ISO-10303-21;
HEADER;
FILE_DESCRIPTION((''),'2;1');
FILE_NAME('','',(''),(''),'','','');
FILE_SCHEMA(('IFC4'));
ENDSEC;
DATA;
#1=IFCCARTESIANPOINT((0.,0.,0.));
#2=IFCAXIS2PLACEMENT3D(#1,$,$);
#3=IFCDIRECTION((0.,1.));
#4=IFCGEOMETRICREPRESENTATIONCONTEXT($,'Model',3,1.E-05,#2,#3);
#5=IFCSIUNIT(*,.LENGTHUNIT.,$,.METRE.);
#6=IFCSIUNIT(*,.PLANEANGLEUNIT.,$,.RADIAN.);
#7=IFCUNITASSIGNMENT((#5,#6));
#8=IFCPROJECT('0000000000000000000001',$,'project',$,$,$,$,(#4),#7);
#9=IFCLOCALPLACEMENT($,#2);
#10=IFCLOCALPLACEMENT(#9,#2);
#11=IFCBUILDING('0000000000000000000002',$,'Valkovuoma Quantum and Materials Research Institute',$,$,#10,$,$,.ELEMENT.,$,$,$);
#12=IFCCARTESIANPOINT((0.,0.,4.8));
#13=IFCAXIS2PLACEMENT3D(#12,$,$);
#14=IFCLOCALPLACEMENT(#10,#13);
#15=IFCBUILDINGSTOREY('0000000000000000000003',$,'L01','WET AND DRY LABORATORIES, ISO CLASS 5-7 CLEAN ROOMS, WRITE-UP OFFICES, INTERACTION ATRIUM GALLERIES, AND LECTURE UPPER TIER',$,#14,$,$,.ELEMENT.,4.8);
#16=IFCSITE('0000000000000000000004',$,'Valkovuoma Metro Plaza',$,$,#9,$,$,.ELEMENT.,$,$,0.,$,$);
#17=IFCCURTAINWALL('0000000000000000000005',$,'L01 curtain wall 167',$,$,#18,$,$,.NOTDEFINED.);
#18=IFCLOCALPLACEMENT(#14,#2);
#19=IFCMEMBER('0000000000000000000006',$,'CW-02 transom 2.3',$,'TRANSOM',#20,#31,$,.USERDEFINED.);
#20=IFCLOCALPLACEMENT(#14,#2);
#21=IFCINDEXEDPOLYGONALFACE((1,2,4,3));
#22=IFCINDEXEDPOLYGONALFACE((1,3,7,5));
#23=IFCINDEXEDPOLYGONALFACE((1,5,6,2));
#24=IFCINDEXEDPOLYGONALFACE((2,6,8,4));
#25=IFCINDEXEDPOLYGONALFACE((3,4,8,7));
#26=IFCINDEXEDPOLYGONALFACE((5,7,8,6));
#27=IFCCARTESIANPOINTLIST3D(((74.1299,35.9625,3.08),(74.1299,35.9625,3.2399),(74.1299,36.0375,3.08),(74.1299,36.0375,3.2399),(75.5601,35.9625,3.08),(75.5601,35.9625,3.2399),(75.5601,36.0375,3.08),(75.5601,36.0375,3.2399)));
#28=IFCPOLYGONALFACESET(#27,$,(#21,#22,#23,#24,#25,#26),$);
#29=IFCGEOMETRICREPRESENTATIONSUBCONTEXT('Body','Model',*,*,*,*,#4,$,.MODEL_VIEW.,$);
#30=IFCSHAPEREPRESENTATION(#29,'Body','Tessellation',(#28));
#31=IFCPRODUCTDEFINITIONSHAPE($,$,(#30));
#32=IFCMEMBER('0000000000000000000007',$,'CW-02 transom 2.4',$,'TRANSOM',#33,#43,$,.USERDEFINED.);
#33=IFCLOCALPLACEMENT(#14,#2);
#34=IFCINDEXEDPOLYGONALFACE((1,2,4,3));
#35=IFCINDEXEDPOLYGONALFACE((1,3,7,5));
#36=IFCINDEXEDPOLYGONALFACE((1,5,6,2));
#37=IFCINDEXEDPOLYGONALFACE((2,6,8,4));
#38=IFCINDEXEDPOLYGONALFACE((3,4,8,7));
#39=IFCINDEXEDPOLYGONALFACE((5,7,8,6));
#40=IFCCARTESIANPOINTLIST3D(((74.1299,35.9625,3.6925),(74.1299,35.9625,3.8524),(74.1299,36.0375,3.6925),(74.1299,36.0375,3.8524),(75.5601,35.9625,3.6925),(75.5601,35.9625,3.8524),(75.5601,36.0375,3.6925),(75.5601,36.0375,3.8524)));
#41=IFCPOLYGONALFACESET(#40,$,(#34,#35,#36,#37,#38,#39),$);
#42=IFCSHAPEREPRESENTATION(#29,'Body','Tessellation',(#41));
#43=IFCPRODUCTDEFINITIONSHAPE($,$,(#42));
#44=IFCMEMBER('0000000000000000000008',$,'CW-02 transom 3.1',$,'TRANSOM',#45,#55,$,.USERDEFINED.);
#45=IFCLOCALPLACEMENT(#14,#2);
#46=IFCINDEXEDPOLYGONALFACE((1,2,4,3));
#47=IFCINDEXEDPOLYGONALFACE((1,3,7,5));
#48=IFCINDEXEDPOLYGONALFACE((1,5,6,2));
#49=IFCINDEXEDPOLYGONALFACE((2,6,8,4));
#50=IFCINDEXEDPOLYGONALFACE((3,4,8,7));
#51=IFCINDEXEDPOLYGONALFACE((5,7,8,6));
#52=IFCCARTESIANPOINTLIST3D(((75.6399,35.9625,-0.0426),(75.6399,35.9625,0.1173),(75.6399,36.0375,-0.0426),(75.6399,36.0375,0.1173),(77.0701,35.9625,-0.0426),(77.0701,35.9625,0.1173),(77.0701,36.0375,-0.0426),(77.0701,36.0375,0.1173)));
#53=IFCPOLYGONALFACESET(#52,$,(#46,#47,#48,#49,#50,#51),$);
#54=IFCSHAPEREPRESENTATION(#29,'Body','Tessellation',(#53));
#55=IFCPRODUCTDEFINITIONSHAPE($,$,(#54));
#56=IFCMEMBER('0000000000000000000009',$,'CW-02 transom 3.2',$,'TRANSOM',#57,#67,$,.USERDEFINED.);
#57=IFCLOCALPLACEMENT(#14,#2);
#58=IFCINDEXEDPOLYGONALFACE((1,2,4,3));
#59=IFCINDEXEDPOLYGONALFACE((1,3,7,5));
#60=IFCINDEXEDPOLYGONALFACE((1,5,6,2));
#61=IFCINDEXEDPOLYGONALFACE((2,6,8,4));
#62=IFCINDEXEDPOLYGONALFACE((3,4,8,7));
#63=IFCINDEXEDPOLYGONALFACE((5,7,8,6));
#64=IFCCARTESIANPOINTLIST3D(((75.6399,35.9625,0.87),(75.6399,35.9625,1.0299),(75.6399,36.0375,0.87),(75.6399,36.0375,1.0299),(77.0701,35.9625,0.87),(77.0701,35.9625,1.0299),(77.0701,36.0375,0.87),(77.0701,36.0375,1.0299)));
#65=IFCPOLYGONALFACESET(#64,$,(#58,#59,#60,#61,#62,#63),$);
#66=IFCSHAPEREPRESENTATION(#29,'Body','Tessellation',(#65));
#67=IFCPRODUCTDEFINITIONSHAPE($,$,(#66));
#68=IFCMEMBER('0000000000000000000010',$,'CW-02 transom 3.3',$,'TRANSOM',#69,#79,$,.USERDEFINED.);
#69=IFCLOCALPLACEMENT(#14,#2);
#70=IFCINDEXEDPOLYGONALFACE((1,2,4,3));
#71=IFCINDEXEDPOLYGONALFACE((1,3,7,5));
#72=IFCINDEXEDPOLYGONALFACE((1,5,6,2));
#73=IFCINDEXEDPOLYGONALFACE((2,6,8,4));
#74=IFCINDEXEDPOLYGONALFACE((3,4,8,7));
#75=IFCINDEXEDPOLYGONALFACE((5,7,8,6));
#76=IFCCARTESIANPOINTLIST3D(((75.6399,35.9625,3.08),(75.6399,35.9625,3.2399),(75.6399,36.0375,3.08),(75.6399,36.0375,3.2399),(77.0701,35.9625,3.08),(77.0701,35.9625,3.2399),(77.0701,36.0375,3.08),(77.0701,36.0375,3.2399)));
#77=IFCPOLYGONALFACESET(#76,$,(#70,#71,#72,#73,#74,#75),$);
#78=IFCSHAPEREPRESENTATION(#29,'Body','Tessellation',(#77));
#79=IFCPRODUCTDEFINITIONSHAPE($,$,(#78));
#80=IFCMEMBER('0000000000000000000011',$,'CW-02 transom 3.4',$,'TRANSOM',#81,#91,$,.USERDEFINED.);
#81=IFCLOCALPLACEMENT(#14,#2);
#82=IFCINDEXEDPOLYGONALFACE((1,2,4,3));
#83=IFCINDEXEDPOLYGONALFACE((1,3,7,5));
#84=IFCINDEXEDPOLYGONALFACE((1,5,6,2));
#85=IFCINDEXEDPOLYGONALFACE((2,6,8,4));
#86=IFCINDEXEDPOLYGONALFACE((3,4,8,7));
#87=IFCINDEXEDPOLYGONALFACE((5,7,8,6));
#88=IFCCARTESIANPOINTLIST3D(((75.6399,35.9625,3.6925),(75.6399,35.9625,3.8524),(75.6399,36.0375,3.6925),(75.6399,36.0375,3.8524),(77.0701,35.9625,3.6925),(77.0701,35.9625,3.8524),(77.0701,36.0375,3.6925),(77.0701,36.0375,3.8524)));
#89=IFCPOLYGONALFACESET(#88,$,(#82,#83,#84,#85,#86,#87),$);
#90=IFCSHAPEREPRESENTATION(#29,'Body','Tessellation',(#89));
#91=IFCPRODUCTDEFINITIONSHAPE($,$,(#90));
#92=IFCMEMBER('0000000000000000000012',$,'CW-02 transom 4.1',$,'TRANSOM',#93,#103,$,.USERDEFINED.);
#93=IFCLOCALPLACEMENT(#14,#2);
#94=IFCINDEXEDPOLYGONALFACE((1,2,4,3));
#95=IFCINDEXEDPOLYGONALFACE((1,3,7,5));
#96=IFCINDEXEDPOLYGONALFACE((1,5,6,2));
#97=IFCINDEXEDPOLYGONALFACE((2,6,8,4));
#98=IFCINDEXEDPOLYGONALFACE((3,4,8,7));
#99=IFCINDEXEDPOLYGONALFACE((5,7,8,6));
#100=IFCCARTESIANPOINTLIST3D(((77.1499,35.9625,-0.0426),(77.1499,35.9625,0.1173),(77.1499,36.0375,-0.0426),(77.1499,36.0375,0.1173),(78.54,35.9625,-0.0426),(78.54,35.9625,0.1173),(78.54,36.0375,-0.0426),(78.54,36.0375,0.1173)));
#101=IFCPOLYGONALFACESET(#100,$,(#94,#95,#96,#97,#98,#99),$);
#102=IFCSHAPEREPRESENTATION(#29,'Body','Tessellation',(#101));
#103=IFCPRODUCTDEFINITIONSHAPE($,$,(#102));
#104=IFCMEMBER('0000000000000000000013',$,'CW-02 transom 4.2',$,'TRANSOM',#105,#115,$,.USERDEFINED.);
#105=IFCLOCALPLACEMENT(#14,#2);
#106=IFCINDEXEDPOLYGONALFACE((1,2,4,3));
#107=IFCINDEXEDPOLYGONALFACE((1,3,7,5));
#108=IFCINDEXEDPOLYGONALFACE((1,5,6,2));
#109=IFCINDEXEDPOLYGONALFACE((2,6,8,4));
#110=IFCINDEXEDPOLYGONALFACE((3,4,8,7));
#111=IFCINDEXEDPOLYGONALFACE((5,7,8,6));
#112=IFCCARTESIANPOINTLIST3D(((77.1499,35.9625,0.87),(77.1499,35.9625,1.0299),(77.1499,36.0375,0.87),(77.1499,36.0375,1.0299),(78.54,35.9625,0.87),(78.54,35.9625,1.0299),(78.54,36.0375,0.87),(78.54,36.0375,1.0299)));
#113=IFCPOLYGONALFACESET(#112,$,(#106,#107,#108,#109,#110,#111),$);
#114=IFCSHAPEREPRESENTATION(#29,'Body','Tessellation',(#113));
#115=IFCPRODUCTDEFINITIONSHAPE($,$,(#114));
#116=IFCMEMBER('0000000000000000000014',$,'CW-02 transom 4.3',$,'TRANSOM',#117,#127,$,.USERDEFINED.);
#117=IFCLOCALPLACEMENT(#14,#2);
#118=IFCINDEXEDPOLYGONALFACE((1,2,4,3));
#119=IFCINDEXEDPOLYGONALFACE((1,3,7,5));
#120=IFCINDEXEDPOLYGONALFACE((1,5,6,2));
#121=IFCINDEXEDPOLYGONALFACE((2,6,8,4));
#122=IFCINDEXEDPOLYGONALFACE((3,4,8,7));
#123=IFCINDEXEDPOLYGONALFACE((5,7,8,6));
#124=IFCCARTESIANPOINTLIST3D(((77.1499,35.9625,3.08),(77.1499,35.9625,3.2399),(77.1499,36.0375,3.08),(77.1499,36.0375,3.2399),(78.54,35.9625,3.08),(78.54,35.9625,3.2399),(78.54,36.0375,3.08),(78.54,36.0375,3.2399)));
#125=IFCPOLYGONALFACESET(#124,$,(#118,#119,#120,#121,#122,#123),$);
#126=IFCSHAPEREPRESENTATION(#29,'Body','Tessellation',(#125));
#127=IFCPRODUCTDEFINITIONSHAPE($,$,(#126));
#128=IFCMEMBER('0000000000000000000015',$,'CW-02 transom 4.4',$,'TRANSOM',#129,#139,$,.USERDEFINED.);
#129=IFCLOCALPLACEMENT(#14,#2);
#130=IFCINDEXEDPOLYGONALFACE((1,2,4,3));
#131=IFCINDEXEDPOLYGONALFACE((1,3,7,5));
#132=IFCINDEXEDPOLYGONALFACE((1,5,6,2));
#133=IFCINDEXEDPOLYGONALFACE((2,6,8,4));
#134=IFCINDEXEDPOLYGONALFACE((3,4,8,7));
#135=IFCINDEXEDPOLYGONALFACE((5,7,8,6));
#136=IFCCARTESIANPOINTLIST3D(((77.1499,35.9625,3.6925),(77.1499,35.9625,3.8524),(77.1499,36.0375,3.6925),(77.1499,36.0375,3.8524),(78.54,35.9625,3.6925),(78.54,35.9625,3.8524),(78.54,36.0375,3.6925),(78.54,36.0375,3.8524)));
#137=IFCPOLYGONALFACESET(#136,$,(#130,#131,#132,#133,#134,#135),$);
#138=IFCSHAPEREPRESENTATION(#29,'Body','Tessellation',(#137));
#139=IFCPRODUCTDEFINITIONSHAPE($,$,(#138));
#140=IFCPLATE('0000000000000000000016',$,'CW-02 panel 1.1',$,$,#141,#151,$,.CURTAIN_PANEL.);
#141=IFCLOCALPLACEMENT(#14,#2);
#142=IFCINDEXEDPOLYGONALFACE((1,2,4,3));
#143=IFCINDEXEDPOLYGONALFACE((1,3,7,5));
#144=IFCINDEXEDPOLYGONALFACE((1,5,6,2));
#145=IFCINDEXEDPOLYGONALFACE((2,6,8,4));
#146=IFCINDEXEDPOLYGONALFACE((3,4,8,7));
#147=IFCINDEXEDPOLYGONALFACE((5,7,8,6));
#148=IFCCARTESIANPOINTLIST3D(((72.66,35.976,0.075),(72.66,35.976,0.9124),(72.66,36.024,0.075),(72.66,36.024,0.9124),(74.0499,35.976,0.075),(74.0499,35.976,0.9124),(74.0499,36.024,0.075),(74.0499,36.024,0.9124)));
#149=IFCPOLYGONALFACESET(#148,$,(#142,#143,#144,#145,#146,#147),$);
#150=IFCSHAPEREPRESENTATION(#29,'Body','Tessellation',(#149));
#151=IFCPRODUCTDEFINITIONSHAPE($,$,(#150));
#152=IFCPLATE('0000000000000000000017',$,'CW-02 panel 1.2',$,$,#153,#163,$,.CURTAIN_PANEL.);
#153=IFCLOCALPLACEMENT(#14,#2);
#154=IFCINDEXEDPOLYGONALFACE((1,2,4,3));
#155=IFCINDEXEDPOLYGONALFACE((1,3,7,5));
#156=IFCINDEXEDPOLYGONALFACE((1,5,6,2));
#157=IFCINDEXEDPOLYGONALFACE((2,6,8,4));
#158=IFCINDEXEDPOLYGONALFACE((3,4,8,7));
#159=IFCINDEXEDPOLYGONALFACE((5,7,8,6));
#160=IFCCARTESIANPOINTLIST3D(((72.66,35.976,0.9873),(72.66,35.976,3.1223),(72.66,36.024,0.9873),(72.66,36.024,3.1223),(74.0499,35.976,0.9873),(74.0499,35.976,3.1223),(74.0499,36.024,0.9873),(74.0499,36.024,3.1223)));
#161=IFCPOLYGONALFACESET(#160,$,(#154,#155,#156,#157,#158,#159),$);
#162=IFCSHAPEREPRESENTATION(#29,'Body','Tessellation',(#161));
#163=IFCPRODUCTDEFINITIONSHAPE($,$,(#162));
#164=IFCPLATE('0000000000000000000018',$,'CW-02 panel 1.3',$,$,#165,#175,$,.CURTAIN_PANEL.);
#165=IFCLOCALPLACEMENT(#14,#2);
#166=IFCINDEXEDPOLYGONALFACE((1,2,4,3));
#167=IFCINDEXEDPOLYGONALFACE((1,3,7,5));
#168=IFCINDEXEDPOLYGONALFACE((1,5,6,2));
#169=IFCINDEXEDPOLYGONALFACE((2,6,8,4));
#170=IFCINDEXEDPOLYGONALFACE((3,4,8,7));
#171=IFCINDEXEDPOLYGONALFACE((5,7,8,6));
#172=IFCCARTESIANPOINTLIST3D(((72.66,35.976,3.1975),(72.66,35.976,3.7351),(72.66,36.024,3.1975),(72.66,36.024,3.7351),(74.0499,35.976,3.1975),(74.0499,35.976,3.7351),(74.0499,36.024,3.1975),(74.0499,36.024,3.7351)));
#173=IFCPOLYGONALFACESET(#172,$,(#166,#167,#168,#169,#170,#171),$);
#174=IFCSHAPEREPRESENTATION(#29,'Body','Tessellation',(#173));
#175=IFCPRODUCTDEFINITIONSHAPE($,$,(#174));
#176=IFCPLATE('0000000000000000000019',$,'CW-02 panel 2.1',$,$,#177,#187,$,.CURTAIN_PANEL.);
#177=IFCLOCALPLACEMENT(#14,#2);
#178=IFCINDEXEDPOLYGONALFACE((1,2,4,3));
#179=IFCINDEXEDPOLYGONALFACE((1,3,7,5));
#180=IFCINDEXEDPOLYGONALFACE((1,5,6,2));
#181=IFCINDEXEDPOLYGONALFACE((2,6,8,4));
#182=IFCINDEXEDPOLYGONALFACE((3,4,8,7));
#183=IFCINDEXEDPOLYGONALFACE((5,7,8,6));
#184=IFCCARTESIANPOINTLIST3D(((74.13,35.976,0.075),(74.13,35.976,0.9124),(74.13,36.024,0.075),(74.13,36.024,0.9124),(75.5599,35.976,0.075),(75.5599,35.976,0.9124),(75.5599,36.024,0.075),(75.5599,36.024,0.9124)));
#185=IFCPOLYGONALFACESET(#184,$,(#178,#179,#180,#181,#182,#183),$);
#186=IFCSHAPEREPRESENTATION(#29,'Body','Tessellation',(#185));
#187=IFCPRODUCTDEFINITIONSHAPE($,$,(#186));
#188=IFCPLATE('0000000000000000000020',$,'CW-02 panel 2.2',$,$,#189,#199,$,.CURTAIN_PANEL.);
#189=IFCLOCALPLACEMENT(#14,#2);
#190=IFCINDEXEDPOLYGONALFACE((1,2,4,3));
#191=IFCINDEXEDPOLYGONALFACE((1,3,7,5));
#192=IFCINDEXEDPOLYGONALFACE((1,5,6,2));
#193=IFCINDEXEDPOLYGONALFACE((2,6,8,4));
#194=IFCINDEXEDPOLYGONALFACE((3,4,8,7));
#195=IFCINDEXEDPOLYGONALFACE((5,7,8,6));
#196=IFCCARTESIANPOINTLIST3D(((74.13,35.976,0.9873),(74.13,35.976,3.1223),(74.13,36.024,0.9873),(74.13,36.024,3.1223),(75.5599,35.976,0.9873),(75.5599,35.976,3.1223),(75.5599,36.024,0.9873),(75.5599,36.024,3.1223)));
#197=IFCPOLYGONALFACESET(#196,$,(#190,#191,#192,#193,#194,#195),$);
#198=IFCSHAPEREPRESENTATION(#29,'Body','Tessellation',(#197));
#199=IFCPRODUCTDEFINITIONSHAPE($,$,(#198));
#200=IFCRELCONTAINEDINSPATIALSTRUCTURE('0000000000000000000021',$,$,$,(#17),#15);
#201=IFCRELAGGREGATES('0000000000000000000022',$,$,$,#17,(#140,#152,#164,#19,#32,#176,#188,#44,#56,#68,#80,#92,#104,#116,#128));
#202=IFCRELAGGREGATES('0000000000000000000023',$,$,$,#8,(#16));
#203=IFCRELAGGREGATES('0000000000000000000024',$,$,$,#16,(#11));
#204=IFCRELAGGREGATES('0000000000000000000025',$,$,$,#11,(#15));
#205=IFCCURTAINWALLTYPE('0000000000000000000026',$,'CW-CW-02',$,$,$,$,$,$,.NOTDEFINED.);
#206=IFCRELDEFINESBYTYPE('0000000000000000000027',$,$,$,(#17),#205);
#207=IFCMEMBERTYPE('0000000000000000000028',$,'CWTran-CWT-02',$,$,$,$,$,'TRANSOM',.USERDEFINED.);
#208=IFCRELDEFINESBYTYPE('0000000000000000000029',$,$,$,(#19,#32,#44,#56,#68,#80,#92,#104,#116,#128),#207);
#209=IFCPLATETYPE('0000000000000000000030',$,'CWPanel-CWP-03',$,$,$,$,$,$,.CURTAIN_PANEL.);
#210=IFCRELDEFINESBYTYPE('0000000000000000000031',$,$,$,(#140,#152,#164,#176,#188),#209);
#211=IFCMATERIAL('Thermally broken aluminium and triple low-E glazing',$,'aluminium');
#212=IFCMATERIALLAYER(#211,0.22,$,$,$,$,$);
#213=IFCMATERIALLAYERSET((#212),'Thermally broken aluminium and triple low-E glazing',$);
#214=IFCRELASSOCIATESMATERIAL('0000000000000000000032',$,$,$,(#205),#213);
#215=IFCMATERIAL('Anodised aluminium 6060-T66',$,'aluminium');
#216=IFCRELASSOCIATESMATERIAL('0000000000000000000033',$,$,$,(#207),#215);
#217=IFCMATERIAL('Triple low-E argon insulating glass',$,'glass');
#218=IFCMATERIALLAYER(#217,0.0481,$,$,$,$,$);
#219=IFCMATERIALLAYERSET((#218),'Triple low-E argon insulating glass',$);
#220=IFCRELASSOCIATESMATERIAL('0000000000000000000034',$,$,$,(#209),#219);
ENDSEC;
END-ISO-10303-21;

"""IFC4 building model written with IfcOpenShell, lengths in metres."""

from ifc_helpers import new_model, si_unit, direction, frame, origin, origin_2d, place, context, subcontext, project, spatial, rectangle, extrude, material, layer, layer_set, material_profile, profile_set, type_object, element, aggregate, save


model = new_model("IFC4")

# Units and contexts
model_context = context("Model", 3, precision=1e-05, world=origin(), true_north=direction((0.0, 1.0)))
body_context = subcontext(model_context, "Body", "Model", "MODEL_VIEW")
ifc_project = project(units=[si_unit("LENGTHUNIT", "METRE"), si_unit("PLANEANGLEUNIT", "RADIAN")], contexts=[model_context])

# Site, building, storey
site_placement = place(None, origin())
site = spatial("IfcSite", under=ifc_project, at=site_placement, Name="Valkovuoma Metro Plaza", CompositionType="ELEMENT", RefElevation=0.0)
building_placement = place(site_placement, origin())
building = spatial("IfcBuilding", under=site, at=building_placement, Name="Valkovuoma Quantum and Materials Research Institute", CompositionType="ELEMENT")
storey_placement = place(building_placement, frame((0.0, 0.0, 4.8)))
storey = spatial("IfcBuildingStorey", under=building, at=storey_placement, Name="L01", Description="WET AND DRY LABORATORIES, ISO CLASS 5-7 CLEAN ROOMS, WRITE-UP OFFICES, INTERACTION ATRIUM GALLERIES, AND LECTURE UPPER TIER", CompositionType="ELEMENT", Elevation=4.8)

# Curtain wall, members, plates
ifc_material_1 = material(Name="Thermally broken aluminium and triple low-E glazing", Category="aluminium")
ifc_layer_1 = layer(ifc_material_1, 0.22)
ifc_layer_set_1 = layer_set([ifc_layer_1], Name="Thermally broken aluminium and triple low-E glazing")
curtain_wall_type = type_object("IfcCurtainWallType", Name="CW-CW-02", PredefinedType="NOTDEFINED", material=ifc_layer_set_1)
curtain_wall_placement = place(storey_placement, origin())
curtain_wall = element("IfcCurtainWall", 1, at=curtain_wall_placement, inside=storey, type_object=curtain_wall_type, Name="L01 curtain wall 167", PredefinedType="NOTDEFINED")
ifc_material_2 = material(Name="Anodised aluminium 6060-T66", Category="aluminium")
ifc_material_profile_1 = material_profile(ifc_material_2, rectangle(XDim=0.075, YDim=0.1599, at=origin_2d()), Name="Anodised aluminium 6060-T66")
ifc_profile_set_1 = profile_set([ifc_material_profile_1], Name="Anodised aluminium 6060-T66")
member_type_1 = type_object("IfcMemberType", Name="CWTran-CWT-02", ElementType="TRANSOM", PredefinedType="USERDEFINED", material=ifc_profile_set_1)
member_1_placement = place(storey_placement, frame((74.1299, 36.0, 3.1599), z_axis=(1.0, 0.0, 0.0), x_axis=(0.0, 1.0, 0.0)))
member_1 = element("IfcMember", 2, at=member_1_placement, type_object=member_type_1, Name="CW-02 transom 2.3", ObjectType="TRANSOM", PredefinedType="USERDEFINED", context=body_context, shape_type="SweptSolid", body=[
    extrude(rectangle(XDim=0.075, YDim=0.1599, at=origin_2d()), origin(), (0.0, 0.0, 1.0), 1.4302),
])
member_2_placement = place(storey_placement, frame((74.1299, 36.0, 3.7725), z_axis=(1.0, 0.0, 0.0), x_axis=(0.0, 1.0, 0.0)))
member_2 = element("IfcMember", 3, at=member_2_placement, type_object=member_type_1, Name="CW-02 transom 2.4", ObjectType="TRANSOM", PredefinedType="USERDEFINED", context=body_context, shape_type="SweptSolid", body=[
    extrude(rectangle(XDim=0.075, YDim=0.1599, at=origin_2d()), origin(), (0.0, 0.0, 1.0), 1.4302),
])
member_3_placement = place(storey_placement, frame((75.6399, 36.0, 0.0374), z_axis=(1.0, 0.0, 0.0), x_axis=(0.0, 1.0, 0.0)))
member_3 = element("IfcMember", 4, at=member_3_placement, type_object=member_type_1, Name="CW-02 transom 3.1", ObjectType="TRANSOM", PredefinedType="USERDEFINED", context=body_context, shape_type="SweptSolid", body=[
    extrude(rectangle(XDim=0.075, YDim=0.1599, at=origin_2d()), origin(), (0.0, 0.0, 1.0), 1.4302),
])
member_4_placement = place(storey_placement, frame((75.6399, 36.0, 0.95), z_axis=(1.0, 0.0, 0.0), x_axis=(0.0, 1.0, 0.0)))
member_4 = element("IfcMember", 5, at=member_4_placement, type_object=member_type_1, Name="CW-02 transom 3.2", ObjectType="TRANSOM", PredefinedType="USERDEFINED", context=body_context, shape_type="SweptSolid", body=[
    extrude(rectangle(XDim=0.075, YDim=0.1599, at=origin_2d()), origin(), (0.0, 0.0, 1.0), 1.4302),
])
member_5_placement = place(storey_placement, frame((75.6399, 36.0, 3.1599), z_axis=(1.0, 0.0, 0.0), x_axis=(0.0, 1.0, 0.0)))
member_5 = element("IfcMember", 6, at=member_5_placement, type_object=member_type_1, Name="CW-02 transom 3.3", ObjectType="TRANSOM", PredefinedType="USERDEFINED", context=body_context, shape_type="SweptSolid", body=[
    extrude(rectangle(XDim=0.075, YDim=0.1599, at=origin_2d()), origin(), (0.0, 0.0, 1.0), 1.4302),
])
member_6_placement = place(storey_placement, frame((75.6399, 36.0, 3.7725), z_axis=(1.0, 0.0, 0.0), x_axis=(0.0, 1.0, 0.0)))
member_6 = element("IfcMember", 7, at=member_6_placement, type_object=member_type_1, Name="CW-02 transom 3.4", ObjectType="TRANSOM", PredefinedType="USERDEFINED", context=body_context, shape_type="SweptSolid", body=[
    extrude(rectangle(XDim=0.075, YDim=0.1599, at=origin_2d()), origin(), (0.0, 0.0, 1.0), 1.4302),
])
member_7_placement = place(storey_placement, frame((77.1499, 36.0, 0.0374), z_axis=(1.0, 0.0, 0.0), x_axis=(0.0, 1.0, 0.0)))
member_7 = element("IfcMember", 8, at=member_7_placement, type_object=member_type_1, Name="CW-02 transom 4.1", ObjectType="TRANSOM", PredefinedType="USERDEFINED", context=body_context, shape_type="SweptSolid", body=[
    extrude(rectangle(XDim=0.075, YDim=0.1599, at=origin_2d()), origin(), (0.0, 0.0, 1.0), 1.3901),
])
member_8_placement = place(storey_placement, frame((77.1499, 36.0, 0.95), z_axis=(1.0, 0.0, 0.0), x_axis=(0.0, 1.0, 0.0)))
member_8 = element("IfcMember", 9, at=member_8_placement, type_object=member_type_1, Name="CW-02 transom 4.2", ObjectType="TRANSOM", PredefinedType="USERDEFINED", context=body_context, shape_type="SweptSolid", body=[
    extrude(rectangle(XDim=0.075, YDim=0.1599, at=origin_2d()), origin(), (0.0, 0.0, 1.0), 1.3901),
])
member_9_placement = place(storey_placement, frame((77.1499, 36.0, 3.1599), z_axis=(1.0, 0.0, 0.0), x_axis=(0.0, 1.0, 0.0)))
member_9 = element("IfcMember", 10, at=member_9_placement, type_object=member_type_1, Name="CW-02 transom 4.3", ObjectType="TRANSOM", PredefinedType="USERDEFINED", context=body_context, shape_type="SweptSolid", body=[
    extrude(rectangle(XDim=0.075, YDim=0.1599, at=origin_2d()), origin(), (0.0, 0.0, 1.0), 1.3901),
])
member_10_placement = place(storey_placement, frame((77.1499, 36.0, 3.7725), z_axis=(1.0, 0.0, 0.0), x_axis=(0.0, 1.0, 0.0)))
member_10 = element("IfcMember", 11, at=member_10_placement, type_object=member_type_1, Name="CW-02 transom 4.4", ObjectType="TRANSOM", PredefinedType="USERDEFINED", context=body_context, shape_type="SweptSolid", body=[
    extrude(rectangle(XDim=0.075, YDim=0.1599, at=origin_2d()), origin(), (0.0, 0.0, 1.0), 1.3901),
])
ifc_material_3 = material(Name="Triple low-E argon insulating glass", Category="glass")
ifc_layer_2 = layer(ifc_material_3, 0.0481)
ifc_layer_set_2 = layer_set([ifc_layer_2], Name="Triple low-E argon insulating glass")
plate_type = type_object("IfcPlateType", Name="CWPanel-CWP-03", PredefinedType="CURTAIN_PANEL", material=ifc_layer_set_2)
plate_1_placement = place(storey_placement, frame((73.355, 36.0, 0.075), z_axis=(0.0, 0.0, 1.0), x_axis=(1.0, 0.0, 0.0)))
plate_1 = element("IfcPlate", 12, at=plate_1_placement, type_object=plate_type, Name="CW-02 panel 1.1", PredefinedType="CURTAIN_PANEL", context=body_context, shape_type="SweptSolid", body=[
    extrude(rectangle(XDim=1.3899, YDim=0.0481, at=origin_2d()), origin(), (0.0, 0.0, 1.0), 0.8374),
])
plate_2_placement = place(storey_placement, frame((73.355, 36.0, 0.9873), z_axis=(0.0, 0.0, 1.0), x_axis=(1.0, 0.0, 0.0)))
plate_2 = element("IfcPlate", 13, at=plate_2_placement, type_object=plate_type, Name="CW-02 panel 1.2", PredefinedType="CURTAIN_PANEL", context=body_context, shape_type="SweptSolid", body=[
    extrude(rectangle(XDim=1.3899, YDim=0.0481, at=origin_2d()), origin(), (0.0, 0.0, 1.0), 2.135),
])
plate_3_placement = place(storey_placement, frame((73.355, 36.0, 3.1975), z_axis=(0.0, 0.0, 1.0), x_axis=(1.0, 0.0, 0.0)))
plate_3 = element("IfcPlate", 14, at=plate_3_placement, type_object=plate_type, Name="CW-02 panel 1.3", PredefinedType="CURTAIN_PANEL", context=body_context, shape_type="SweptSolid", body=[
    extrude(rectangle(XDim=1.3899, YDim=0.0481, at=origin_2d()), origin(), (0.0, 0.0, 1.0), 0.5376),
])
plate_4_placement = place(storey_placement, frame((74.845, 36.0, 0.075), z_axis=(0.0, 0.0, 1.0), x_axis=(1.0, 0.0, 0.0)))
plate_4 = element("IfcPlate", 15, at=plate_4_placement, type_object=plate_type, Name="CW-02 panel 2.1", PredefinedType="CURTAIN_PANEL", context=body_context, shape_type="SweptSolid", body=[
    extrude(rectangle(XDim=1.4299, YDim=0.0481, at=origin_2d()), origin(), (0.0, 0.0, 1.0), 0.8374),
])
plate_5_placement = place(storey_placement, frame((74.845, 36.0, 0.9873), z_axis=(0.0, 0.0, 1.0), x_axis=(1.0, 0.0, 0.0)))
plate_5 = element("IfcPlate", 16, at=plate_5_placement, type_object=plate_type, Name="CW-02 panel 2.2", PredefinedType="CURTAIN_PANEL", context=body_context, shape_type="SweptSolid", body=[
    extrude(rectangle(XDim=1.4299, YDim=0.0481, at=origin_2d()), origin(), (0.0, 0.0, 1.0), 2.135),
])
aggregate(curtain_wall, [plate_1, plate_2, plate_3, member_1, member_2, plate_4, plate_5, member_3, member_4, member_5, member_6, member_7, member_8, member_9, member_10])

save(model, "model.ifc")
